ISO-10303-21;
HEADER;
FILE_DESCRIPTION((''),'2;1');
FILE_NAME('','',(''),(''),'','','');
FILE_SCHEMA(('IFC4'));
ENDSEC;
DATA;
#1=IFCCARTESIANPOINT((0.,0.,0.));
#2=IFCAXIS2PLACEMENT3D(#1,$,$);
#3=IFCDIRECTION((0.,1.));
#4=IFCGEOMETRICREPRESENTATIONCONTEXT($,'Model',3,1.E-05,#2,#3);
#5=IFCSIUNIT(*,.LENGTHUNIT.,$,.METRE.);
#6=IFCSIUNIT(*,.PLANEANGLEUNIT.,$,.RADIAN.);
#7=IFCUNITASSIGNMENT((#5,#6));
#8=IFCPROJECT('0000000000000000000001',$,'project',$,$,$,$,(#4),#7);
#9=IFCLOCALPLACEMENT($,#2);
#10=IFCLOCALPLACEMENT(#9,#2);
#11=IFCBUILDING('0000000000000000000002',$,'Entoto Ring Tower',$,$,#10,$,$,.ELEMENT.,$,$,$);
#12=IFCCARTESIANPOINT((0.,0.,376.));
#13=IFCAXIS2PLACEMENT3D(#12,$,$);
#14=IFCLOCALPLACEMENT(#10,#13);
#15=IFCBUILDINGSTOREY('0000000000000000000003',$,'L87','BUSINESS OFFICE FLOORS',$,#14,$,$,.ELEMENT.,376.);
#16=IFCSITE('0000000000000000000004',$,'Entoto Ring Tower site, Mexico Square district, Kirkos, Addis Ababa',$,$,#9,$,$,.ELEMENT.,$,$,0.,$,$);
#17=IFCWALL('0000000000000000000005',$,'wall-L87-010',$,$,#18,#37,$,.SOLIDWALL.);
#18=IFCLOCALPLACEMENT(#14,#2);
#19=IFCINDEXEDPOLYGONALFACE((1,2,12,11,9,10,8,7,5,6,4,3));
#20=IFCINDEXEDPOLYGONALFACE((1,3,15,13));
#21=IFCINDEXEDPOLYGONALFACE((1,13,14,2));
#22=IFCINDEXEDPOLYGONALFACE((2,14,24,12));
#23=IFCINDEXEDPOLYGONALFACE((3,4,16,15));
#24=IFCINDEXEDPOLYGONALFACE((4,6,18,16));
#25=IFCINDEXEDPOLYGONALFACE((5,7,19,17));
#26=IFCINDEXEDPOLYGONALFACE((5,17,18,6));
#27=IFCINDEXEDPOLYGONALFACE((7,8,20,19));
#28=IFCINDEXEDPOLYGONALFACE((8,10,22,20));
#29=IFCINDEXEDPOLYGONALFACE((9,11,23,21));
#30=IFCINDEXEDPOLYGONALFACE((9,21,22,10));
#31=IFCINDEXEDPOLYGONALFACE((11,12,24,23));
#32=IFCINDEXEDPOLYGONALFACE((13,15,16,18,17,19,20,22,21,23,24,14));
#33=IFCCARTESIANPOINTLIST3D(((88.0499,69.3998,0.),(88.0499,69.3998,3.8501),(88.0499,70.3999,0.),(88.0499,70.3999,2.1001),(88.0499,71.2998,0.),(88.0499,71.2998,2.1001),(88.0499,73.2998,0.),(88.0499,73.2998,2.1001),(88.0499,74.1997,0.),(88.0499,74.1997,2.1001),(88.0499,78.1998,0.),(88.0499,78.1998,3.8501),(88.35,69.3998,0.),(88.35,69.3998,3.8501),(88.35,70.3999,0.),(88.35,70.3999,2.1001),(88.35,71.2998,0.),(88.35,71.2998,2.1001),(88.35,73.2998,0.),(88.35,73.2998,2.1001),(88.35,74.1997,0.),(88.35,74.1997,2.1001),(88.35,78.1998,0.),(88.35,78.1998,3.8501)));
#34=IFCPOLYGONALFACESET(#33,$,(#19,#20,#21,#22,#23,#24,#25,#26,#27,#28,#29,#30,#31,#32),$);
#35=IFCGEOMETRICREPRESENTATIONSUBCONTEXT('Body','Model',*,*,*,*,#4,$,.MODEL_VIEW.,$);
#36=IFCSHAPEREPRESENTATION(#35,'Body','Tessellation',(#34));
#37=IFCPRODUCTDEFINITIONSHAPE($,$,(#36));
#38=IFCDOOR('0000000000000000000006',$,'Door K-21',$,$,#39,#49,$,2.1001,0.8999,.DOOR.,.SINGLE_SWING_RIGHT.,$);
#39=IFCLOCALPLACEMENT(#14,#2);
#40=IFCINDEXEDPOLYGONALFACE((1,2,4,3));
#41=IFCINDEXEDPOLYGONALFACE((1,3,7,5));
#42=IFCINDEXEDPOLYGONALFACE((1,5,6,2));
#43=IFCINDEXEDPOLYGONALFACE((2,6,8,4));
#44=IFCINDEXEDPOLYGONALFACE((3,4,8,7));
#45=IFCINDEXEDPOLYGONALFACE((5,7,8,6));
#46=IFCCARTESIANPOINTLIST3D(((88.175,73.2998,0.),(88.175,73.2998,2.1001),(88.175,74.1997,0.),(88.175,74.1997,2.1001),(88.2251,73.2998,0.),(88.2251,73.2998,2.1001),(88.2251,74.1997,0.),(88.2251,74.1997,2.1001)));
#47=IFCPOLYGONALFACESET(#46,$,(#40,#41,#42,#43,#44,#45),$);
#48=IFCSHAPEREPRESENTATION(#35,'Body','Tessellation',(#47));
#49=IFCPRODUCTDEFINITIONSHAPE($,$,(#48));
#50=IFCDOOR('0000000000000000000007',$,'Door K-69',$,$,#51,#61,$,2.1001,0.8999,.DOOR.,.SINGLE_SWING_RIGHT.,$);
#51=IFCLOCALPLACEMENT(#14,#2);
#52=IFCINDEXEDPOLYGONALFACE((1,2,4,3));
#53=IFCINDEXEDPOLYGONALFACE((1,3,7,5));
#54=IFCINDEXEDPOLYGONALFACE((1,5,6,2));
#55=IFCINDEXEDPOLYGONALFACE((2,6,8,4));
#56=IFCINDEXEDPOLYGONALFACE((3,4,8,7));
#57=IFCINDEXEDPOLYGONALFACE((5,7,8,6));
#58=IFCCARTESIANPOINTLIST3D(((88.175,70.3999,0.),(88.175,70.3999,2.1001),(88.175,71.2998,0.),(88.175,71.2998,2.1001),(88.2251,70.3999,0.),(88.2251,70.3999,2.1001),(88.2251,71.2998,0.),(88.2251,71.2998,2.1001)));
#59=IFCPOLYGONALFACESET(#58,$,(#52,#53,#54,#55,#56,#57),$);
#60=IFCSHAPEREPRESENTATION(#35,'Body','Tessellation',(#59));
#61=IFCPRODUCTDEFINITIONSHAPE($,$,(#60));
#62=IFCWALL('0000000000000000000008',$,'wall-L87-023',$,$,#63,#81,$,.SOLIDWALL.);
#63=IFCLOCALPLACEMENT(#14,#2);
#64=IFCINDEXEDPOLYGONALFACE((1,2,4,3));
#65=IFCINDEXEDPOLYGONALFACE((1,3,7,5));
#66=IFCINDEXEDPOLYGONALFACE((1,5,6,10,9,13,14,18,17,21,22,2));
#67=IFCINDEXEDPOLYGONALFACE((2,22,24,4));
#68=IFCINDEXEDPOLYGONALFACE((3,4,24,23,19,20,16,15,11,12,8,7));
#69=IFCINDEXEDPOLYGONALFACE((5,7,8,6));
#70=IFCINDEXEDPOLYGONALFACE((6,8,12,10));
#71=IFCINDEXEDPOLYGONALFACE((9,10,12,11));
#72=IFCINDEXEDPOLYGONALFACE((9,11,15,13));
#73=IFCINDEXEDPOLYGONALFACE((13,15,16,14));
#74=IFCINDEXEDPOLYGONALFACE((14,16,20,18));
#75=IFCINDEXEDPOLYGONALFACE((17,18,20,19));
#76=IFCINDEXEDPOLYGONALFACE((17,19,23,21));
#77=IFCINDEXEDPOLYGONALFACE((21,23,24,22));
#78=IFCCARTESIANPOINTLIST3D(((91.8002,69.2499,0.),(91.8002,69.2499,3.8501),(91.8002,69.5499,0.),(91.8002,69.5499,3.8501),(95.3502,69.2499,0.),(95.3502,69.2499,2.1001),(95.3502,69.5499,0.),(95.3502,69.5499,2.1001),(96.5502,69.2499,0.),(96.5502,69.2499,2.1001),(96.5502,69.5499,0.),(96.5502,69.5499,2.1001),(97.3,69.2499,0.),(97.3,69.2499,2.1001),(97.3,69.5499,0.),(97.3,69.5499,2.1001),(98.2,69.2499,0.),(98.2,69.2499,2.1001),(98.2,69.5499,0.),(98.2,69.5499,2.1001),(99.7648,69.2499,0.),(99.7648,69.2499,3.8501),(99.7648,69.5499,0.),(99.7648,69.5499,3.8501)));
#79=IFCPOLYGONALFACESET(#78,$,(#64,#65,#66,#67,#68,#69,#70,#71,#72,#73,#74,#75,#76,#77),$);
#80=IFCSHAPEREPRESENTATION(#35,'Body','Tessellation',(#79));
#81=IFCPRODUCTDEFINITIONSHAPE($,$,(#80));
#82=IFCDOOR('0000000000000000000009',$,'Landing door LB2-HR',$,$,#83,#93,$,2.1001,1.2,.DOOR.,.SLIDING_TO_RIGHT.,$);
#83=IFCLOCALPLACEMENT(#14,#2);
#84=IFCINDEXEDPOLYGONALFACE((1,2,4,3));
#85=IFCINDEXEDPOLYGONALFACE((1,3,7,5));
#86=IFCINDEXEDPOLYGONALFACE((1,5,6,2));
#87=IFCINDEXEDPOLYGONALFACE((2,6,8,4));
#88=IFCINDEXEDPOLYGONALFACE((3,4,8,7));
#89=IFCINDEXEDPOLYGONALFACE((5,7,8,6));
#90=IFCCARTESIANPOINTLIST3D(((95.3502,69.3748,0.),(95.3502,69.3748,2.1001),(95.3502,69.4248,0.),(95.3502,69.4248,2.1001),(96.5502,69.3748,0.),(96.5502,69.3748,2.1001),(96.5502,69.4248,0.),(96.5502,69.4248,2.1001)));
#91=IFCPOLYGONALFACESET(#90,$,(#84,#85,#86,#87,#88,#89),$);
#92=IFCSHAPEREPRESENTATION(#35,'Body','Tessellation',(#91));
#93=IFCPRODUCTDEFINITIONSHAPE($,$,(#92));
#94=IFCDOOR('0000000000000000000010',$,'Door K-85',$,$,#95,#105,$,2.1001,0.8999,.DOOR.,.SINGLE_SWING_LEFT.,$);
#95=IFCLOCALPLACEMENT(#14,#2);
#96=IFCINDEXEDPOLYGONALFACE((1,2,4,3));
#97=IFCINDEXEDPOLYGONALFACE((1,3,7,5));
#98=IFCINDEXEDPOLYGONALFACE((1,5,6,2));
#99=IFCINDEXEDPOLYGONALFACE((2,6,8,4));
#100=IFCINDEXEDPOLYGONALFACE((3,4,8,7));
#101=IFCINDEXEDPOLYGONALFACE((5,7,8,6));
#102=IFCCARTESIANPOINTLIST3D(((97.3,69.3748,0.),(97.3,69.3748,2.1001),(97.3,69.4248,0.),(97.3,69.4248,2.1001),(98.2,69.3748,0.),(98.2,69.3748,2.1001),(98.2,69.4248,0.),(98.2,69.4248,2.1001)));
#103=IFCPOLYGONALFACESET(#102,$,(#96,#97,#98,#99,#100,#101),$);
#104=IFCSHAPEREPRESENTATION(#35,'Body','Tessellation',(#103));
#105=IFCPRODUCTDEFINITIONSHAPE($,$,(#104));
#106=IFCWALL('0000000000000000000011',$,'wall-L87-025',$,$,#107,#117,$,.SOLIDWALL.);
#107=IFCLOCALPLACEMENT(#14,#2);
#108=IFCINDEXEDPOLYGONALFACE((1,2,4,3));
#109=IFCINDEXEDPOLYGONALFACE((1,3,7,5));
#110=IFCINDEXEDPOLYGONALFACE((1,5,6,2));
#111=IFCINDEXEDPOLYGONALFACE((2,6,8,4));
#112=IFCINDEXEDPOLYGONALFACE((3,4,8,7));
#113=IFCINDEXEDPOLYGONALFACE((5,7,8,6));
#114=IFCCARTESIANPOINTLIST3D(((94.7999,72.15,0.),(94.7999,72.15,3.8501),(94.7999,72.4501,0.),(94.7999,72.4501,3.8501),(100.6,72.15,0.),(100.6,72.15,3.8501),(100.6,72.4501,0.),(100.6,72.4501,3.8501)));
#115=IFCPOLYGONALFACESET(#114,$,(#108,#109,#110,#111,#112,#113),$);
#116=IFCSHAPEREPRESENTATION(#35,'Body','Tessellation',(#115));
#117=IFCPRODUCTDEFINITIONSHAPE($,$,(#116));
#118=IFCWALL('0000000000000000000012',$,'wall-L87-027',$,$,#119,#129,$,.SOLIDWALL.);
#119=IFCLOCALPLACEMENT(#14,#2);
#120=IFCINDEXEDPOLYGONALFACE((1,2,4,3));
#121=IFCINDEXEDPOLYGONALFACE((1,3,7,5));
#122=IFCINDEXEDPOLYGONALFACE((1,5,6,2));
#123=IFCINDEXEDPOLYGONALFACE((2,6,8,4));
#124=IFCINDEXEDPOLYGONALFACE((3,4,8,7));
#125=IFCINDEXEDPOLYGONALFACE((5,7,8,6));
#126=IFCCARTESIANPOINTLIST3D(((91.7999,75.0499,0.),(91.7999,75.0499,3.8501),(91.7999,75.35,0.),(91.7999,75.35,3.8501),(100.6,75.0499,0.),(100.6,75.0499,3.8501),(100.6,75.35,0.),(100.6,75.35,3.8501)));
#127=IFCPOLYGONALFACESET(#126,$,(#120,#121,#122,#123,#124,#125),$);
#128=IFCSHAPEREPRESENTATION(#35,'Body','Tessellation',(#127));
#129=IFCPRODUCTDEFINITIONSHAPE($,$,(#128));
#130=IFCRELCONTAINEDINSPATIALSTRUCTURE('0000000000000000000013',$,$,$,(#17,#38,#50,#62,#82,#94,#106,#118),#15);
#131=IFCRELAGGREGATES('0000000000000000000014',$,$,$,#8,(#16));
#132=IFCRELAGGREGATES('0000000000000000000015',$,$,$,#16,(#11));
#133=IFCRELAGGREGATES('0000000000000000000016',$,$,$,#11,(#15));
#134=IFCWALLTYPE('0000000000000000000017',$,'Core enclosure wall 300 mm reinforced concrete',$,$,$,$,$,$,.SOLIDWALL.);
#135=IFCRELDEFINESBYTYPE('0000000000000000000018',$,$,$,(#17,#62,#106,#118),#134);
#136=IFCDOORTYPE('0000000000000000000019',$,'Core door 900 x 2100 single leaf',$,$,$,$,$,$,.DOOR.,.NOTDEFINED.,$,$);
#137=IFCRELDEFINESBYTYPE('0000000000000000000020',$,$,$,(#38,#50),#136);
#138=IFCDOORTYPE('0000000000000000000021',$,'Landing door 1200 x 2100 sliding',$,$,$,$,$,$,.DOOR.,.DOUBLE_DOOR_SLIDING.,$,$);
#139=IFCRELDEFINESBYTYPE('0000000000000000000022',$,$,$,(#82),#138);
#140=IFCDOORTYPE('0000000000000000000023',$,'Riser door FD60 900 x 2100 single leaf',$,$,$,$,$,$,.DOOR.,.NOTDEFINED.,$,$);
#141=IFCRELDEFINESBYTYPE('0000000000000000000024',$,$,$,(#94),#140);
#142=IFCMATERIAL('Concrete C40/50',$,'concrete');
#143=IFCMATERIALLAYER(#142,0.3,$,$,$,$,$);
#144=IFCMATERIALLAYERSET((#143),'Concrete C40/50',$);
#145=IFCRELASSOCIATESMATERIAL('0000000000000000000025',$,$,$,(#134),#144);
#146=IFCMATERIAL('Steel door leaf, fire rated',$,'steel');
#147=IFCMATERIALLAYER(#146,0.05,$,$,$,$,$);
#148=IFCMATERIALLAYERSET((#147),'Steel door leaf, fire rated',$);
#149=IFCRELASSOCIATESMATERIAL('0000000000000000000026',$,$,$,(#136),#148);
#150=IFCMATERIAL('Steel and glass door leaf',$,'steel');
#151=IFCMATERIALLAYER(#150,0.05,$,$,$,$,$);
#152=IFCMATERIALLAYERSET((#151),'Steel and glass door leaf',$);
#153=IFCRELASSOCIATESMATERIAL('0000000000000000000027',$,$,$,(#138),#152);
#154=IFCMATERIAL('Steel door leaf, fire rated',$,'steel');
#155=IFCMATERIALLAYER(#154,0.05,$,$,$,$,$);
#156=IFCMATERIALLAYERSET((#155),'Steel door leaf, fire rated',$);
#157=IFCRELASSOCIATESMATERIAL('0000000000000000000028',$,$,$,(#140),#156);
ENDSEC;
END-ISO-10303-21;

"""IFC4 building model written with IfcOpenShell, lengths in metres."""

from ifc_helpers import new_model, si_unit, direction, frame, frame_2d, origin, place, context, subcontext, project, spatial, rectangle, extrude, material, layer, layer_set, type_object, element, fill, save


model = new_model("IFC4")

# Units and contexts
model_context = context("Model", 3, precision=1e-05, world=origin(), true_north=direction((0.0, 1.0)))
body_context = subcontext(model_context, "Body", "Model", "MODEL_VIEW")
ifc_project = project(units=[si_unit("LENGTHUNIT", "METRE"), si_unit("PLANEANGLEUNIT", "RADIAN")], contexts=[model_context])

# Site, building, storey
site_placement = place(None, origin())
site = spatial("IfcSite", under=ifc_project, at=site_placement, Name="Entoto Ring Tower site, Mexico Square district, Kirkos, Addis Ababa", CompositionType="ELEMENT", RefElevation=0.0)
building_placement = place(site_placement, origin())
building = spatial("IfcBuilding", under=site, at=building_placement, Name="Entoto Ring Tower", CompositionType="ELEMENT")
storey_placement = place(building_placement, frame((0.0, 0.0, 376.0)))
storey = spatial("IfcBuildingStorey", under=building, at=storey_placement, Name="L87", Description="BUSINESS OFFICE FLOORS", CompositionType="ELEMENT", Elevation=376.0)

# Shared definitions
ifc_material_1 = material(Name="Concrete C40/50", Category="concrete")
ifc_layer_1 = layer(ifc_material_1, 0.3)
ifc_layer_set_1 = layer_set([ifc_layer_1], Name="Concrete C40/50")
wall_type_1 = type_object("IfcWallType", Name="Core enclosure wall 300 mm reinforced concrete", PredefinedType="SOLIDWALL", material=ifc_layer_set_1)

# Walls, openings, doors
wall_1_placement = place(storey_placement, frame((88.2, 69.3999, 0.0), z_axis=(0.0, 0.0, 1.0), x_axis=(0.0, 1.0, 0.0)))
wall_1 = element("IfcWall", 1, at=wall_1_placement, inside=storey, type_object=wall_type_1, Name="wall-L87-010", PredefinedType="SOLIDWALL", context=body_context, shape_type="SweptSolid", body=[
    extrude(rectangle(XDim=8.8, YDim=0.3, at=frame_2d((4.3999, 0.0))), origin(), (0.0, 0.0, 1.0), 3.8501),
])
opening_1_placement = place(wall_1_placement, frame((3.8999, 0.0, 0.0)))
opening_1 = element("IfcOpeningElement", 2, at=opening_1_placement, cuts=wall_1, PredefinedType="OPENING", context=body_context, shape_type="SweptSolid", body=[
    extrude(rectangle(XDim=0.8999, YDim=2.1001, at=frame_2d((0.45, 1.05))), frame((0.0, 0.1602, 0.0), z_axis=(0.0, -1.0, 0.0), x_axis=(1.0, 0.0, 0.0)), (0.0, 0.0, 1.0), 0.3201),
])
opening_2_placement = place(wall_1_placement, frame((1.0, 0.0, 0.0)))
opening_2 = element("IfcOpeningElement", 3, at=opening_2_placement, cuts=wall_1, PredefinedType="OPENING", context=body_context, shape_type="SweptSolid", body=[
    extrude(rectangle(XDim=0.8999, YDim=2.1001, at=frame_2d((0.45, 1.05))), frame((0.0, 0.1602, 0.0), z_axis=(0.0, -1.0, 0.0), x_axis=(1.0, 0.0, 0.0)), (0.0, 0.0, 1.0), 0.3201),
])
ifc_material_2 = material(Name="Steel door leaf, fire rated", Category="steel")
ifc_layer_2 = layer(ifc_material_2, 0.05)
ifc_layer_set_2 = layer_set([ifc_layer_2], Name="Steel door leaf, fire rated")
door_type_1 = type_object("IfcDoorType", Name="Core door 900 x 2100 single leaf", OperationType="NOTDEFINED", PredefinedType="DOOR", material=ifc_layer_set_2)
door_1_placement = place(opening_1_placement, origin())
door_1 = element("IfcDoor", 4, at=door_1_placement, inside=storey, type_object=door_type_1, Name="Door K-21", OperationType="SINGLE_SWING_RIGHT", OverallHeight=2.1001, OverallWidth=0.8999, PredefinedType="DOOR", context=body_context, shape_type="SweptSolid", body=[
    extrude(rectangle(XDim=0.8999, YDim=2.1001, at=frame_2d((0.45, 1.05))), frame((0.0, 0.0249, 0.0), z_axis=(0.0, -1.0, 0.0), x_axis=(1.0, 0.0, 0.0)), (0.0, 0.0, 1.0), 0.05),
])
fill(opening_1, door_1)
door_2_placement = place(opening_2_placement, origin())
door_2 = element("IfcDoor", 5, at=door_2_placement, inside=storey, type_object=door_type_1, Name="Door K-69", OperationType="SINGLE_SWING_RIGHT", OverallHeight=2.1001, OverallWidth=0.8999, PredefinedType="DOOR", context=body_context, shape_type="SweptSolid", body=[
    extrude(rectangle(XDim=0.8999, YDim=2.1001, at=frame_2d((0.45, 1.05))), frame((0.0, 0.0249, 0.0), z_axis=(0.0, -1.0, 0.0), x_axis=(1.0, 0.0, 0.0)), (0.0, 0.0, 1.0), 0.05),
])
fill(opening_2, door_2)
wall_2_placement = place(storey_placement, frame((91.8, 69.3999, 0.0), z_axis=(0.0, 0.0, 1.0), x_axis=(1.0, 0.0, 0.0)))
wall_2 = element("IfcWall", 6, at=wall_2_placement, inside=storey, type_object=wall_type_1, Name="wall-L87-023", PredefinedType="SOLIDWALL", context=body_context, shape_type="SweptSolid", body=[
    extrude(rectangle(XDim=7.9646, YDim=0.3, at=frame_2d((3.9824, 0.0))), origin(), (0.0, 0.0, 1.0), 3.8501),
])
opening_3_placement = place(wall_2_placement, frame((3.55, 0.0, 0.0)))
opening_3 = element("IfcOpeningElement", 7, at=opening_3_placement, cuts=wall_2, PredefinedType="OPENING", context=body_context, shape_type="SweptSolid", body=[
    extrude(rectangle(XDim=1.2, YDim=2.1001, at=frame_2d((0.6001, 1.05))), frame((0.0, 0.1602, 0.0), z_axis=(0.0, -1.0, 0.0), x_axis=(1.0, 0.0, 0.0)), (0.0, 0.0, 1.0), 0.3201),
])
opening_4_placement = place(wall_2_placement, frame((5.5, 0.0, 0.0)))
opening_4 = element("IfcOpeningElement", 8, at=opening_4_placement, cuts=wall_2, PredefinedType="OPENING", context=body_context, shape_type="SweptSolid", body=[
    extrude(rectangle(XDim=0.8999, YDim=2.1001, at=frame_2d((0.45, 1.05))), frame((0.0, 0.1602, 0.0), z_axis=(0.0, -1.0, 0.0), x_axis=(1.0, 0.0, 0.0)), (0.0, 0.0, 1.0), 0.3201),
])
ifc_material_3 = material(Name="Steel and glass door leaf", Category="steel")
ifc_layer_3 = layer(ifc_material_3, 0.05)
ifc_layer_set_3 = layer_set([ifc_layer_3], Name="Steel and glass door leaf")
door_type_2 = type_object("IfcDoorType", Name="Landing door 1200 x 2100 sliding", OperationType="DOUBLE_DOOR_SLIDING", PredefinedType="DOOR", material=ifc_layer_set_3)
door_3_placement = place(opening_3_placement, origin())
door_3 = element("IfcDoor", 9, at=door_3_placement, inside=storey, type_object=door_type_2, Name="Landing door LB2-HR", OperationType="SLIDING_TO_RIGHT", OverallHeight=2.1001, OverallWidth=1.2, PredefinedType="DOOR", context=body_context, shape_type="SweptSolid", body=[
    extrude(rectangle(XDim=1.2, YDim=2.1001, at=frame_2d((0.6001, 1.05))), frame((0.0, 0.0249, 0.0), z_axis=(0.0, -1.0, 0.0), x_axis=(1.0, 0.0, 0.0)), (0.0, 0.0, 1.0), 0.05),
])
fill(opening_3, door_3)
ifc_material_4 = material(Name="Steel door leaf, fire rated", Category="steel")
ifc_layer_4 = layer(ifc_material_4, 0.05)
ifc_layer_set_4 = layer_set([ifc_layer_4], Name="Steel door leaf, fire rated")
door_type_3 = type_object("IfcDoorType", Name="Riser door FD60 900 x 2100 single leaf", OperationType="NOTDEFINED", PredefinedType="DOOR", material=ifc_layer_set_4)
door_4_placement = place(opening_4_placement, origin())
door_4 = element("IfcDoor", 10, at=door_4_placement, inside=storey, type_object=door_type_3, Name="Door K-85", OperationType="SINGLE_SWING_LEFT", OverallHeight=2.1001, OverallWidth=0.8999, PredefinedType="DOOR", context=body_context, shape_type="SweptSolid", body=[
    extrude(rectangle(XDim=0.8999, YDim=2.1001, at=frame_2d((0.45, 1.05))), frame((0.0, 0.0249, 0.0), z_axis=(0.0, -1.0, 0.0), x_axis=(1.0, 0.0, 0.0)), (0.0, 0.0, 1.0), 0.05),
])
fill(opening_4, door_4)

# Walls
wall_3_placement = place(storey_placement, frame((94.8, 72.3, 0.0), z_axis=(0.0, 0.0, 1.0), x_axis=(1.0, 0.0, 0.0)))
element("IfcWall", 11, at=wall_3_placement, inside=storey, type_object=wall_type_1, Name="wall-L87-025", PredefinedType="SOLIDWALL", context=body_context, shape_type="SweptSolid", body=[
    extrude(rectangle(XDim=5.8, YDim=0.3, at=frame_2d((2.8999, 0.0))), origin(), (0.0, 0.0, 1.0), 3.8501),
])
wall_4_placement = place(storey_placement, frame((91.8, 75.2, 0.0), z_axis=(0.0, 0.0, 1.0), x_axis=(1.0, 0.0, 0.0)))
element("IfcWall", 12, at=wall_4_placement, inside=storey, type_object=wall_type_1, Name="wall-L87-027", PredefinedType="SOLIDWALL", context=body_context, shape_type="SweptSolid", body=[
    extrude(rectangle(XDim=8.8, YDim=0.3, at=frame_2d((4.3999, 0.0))), origin(), (0.0, 0.0, 1.0), 3.8501),
])

save(model, "model.ifc")
